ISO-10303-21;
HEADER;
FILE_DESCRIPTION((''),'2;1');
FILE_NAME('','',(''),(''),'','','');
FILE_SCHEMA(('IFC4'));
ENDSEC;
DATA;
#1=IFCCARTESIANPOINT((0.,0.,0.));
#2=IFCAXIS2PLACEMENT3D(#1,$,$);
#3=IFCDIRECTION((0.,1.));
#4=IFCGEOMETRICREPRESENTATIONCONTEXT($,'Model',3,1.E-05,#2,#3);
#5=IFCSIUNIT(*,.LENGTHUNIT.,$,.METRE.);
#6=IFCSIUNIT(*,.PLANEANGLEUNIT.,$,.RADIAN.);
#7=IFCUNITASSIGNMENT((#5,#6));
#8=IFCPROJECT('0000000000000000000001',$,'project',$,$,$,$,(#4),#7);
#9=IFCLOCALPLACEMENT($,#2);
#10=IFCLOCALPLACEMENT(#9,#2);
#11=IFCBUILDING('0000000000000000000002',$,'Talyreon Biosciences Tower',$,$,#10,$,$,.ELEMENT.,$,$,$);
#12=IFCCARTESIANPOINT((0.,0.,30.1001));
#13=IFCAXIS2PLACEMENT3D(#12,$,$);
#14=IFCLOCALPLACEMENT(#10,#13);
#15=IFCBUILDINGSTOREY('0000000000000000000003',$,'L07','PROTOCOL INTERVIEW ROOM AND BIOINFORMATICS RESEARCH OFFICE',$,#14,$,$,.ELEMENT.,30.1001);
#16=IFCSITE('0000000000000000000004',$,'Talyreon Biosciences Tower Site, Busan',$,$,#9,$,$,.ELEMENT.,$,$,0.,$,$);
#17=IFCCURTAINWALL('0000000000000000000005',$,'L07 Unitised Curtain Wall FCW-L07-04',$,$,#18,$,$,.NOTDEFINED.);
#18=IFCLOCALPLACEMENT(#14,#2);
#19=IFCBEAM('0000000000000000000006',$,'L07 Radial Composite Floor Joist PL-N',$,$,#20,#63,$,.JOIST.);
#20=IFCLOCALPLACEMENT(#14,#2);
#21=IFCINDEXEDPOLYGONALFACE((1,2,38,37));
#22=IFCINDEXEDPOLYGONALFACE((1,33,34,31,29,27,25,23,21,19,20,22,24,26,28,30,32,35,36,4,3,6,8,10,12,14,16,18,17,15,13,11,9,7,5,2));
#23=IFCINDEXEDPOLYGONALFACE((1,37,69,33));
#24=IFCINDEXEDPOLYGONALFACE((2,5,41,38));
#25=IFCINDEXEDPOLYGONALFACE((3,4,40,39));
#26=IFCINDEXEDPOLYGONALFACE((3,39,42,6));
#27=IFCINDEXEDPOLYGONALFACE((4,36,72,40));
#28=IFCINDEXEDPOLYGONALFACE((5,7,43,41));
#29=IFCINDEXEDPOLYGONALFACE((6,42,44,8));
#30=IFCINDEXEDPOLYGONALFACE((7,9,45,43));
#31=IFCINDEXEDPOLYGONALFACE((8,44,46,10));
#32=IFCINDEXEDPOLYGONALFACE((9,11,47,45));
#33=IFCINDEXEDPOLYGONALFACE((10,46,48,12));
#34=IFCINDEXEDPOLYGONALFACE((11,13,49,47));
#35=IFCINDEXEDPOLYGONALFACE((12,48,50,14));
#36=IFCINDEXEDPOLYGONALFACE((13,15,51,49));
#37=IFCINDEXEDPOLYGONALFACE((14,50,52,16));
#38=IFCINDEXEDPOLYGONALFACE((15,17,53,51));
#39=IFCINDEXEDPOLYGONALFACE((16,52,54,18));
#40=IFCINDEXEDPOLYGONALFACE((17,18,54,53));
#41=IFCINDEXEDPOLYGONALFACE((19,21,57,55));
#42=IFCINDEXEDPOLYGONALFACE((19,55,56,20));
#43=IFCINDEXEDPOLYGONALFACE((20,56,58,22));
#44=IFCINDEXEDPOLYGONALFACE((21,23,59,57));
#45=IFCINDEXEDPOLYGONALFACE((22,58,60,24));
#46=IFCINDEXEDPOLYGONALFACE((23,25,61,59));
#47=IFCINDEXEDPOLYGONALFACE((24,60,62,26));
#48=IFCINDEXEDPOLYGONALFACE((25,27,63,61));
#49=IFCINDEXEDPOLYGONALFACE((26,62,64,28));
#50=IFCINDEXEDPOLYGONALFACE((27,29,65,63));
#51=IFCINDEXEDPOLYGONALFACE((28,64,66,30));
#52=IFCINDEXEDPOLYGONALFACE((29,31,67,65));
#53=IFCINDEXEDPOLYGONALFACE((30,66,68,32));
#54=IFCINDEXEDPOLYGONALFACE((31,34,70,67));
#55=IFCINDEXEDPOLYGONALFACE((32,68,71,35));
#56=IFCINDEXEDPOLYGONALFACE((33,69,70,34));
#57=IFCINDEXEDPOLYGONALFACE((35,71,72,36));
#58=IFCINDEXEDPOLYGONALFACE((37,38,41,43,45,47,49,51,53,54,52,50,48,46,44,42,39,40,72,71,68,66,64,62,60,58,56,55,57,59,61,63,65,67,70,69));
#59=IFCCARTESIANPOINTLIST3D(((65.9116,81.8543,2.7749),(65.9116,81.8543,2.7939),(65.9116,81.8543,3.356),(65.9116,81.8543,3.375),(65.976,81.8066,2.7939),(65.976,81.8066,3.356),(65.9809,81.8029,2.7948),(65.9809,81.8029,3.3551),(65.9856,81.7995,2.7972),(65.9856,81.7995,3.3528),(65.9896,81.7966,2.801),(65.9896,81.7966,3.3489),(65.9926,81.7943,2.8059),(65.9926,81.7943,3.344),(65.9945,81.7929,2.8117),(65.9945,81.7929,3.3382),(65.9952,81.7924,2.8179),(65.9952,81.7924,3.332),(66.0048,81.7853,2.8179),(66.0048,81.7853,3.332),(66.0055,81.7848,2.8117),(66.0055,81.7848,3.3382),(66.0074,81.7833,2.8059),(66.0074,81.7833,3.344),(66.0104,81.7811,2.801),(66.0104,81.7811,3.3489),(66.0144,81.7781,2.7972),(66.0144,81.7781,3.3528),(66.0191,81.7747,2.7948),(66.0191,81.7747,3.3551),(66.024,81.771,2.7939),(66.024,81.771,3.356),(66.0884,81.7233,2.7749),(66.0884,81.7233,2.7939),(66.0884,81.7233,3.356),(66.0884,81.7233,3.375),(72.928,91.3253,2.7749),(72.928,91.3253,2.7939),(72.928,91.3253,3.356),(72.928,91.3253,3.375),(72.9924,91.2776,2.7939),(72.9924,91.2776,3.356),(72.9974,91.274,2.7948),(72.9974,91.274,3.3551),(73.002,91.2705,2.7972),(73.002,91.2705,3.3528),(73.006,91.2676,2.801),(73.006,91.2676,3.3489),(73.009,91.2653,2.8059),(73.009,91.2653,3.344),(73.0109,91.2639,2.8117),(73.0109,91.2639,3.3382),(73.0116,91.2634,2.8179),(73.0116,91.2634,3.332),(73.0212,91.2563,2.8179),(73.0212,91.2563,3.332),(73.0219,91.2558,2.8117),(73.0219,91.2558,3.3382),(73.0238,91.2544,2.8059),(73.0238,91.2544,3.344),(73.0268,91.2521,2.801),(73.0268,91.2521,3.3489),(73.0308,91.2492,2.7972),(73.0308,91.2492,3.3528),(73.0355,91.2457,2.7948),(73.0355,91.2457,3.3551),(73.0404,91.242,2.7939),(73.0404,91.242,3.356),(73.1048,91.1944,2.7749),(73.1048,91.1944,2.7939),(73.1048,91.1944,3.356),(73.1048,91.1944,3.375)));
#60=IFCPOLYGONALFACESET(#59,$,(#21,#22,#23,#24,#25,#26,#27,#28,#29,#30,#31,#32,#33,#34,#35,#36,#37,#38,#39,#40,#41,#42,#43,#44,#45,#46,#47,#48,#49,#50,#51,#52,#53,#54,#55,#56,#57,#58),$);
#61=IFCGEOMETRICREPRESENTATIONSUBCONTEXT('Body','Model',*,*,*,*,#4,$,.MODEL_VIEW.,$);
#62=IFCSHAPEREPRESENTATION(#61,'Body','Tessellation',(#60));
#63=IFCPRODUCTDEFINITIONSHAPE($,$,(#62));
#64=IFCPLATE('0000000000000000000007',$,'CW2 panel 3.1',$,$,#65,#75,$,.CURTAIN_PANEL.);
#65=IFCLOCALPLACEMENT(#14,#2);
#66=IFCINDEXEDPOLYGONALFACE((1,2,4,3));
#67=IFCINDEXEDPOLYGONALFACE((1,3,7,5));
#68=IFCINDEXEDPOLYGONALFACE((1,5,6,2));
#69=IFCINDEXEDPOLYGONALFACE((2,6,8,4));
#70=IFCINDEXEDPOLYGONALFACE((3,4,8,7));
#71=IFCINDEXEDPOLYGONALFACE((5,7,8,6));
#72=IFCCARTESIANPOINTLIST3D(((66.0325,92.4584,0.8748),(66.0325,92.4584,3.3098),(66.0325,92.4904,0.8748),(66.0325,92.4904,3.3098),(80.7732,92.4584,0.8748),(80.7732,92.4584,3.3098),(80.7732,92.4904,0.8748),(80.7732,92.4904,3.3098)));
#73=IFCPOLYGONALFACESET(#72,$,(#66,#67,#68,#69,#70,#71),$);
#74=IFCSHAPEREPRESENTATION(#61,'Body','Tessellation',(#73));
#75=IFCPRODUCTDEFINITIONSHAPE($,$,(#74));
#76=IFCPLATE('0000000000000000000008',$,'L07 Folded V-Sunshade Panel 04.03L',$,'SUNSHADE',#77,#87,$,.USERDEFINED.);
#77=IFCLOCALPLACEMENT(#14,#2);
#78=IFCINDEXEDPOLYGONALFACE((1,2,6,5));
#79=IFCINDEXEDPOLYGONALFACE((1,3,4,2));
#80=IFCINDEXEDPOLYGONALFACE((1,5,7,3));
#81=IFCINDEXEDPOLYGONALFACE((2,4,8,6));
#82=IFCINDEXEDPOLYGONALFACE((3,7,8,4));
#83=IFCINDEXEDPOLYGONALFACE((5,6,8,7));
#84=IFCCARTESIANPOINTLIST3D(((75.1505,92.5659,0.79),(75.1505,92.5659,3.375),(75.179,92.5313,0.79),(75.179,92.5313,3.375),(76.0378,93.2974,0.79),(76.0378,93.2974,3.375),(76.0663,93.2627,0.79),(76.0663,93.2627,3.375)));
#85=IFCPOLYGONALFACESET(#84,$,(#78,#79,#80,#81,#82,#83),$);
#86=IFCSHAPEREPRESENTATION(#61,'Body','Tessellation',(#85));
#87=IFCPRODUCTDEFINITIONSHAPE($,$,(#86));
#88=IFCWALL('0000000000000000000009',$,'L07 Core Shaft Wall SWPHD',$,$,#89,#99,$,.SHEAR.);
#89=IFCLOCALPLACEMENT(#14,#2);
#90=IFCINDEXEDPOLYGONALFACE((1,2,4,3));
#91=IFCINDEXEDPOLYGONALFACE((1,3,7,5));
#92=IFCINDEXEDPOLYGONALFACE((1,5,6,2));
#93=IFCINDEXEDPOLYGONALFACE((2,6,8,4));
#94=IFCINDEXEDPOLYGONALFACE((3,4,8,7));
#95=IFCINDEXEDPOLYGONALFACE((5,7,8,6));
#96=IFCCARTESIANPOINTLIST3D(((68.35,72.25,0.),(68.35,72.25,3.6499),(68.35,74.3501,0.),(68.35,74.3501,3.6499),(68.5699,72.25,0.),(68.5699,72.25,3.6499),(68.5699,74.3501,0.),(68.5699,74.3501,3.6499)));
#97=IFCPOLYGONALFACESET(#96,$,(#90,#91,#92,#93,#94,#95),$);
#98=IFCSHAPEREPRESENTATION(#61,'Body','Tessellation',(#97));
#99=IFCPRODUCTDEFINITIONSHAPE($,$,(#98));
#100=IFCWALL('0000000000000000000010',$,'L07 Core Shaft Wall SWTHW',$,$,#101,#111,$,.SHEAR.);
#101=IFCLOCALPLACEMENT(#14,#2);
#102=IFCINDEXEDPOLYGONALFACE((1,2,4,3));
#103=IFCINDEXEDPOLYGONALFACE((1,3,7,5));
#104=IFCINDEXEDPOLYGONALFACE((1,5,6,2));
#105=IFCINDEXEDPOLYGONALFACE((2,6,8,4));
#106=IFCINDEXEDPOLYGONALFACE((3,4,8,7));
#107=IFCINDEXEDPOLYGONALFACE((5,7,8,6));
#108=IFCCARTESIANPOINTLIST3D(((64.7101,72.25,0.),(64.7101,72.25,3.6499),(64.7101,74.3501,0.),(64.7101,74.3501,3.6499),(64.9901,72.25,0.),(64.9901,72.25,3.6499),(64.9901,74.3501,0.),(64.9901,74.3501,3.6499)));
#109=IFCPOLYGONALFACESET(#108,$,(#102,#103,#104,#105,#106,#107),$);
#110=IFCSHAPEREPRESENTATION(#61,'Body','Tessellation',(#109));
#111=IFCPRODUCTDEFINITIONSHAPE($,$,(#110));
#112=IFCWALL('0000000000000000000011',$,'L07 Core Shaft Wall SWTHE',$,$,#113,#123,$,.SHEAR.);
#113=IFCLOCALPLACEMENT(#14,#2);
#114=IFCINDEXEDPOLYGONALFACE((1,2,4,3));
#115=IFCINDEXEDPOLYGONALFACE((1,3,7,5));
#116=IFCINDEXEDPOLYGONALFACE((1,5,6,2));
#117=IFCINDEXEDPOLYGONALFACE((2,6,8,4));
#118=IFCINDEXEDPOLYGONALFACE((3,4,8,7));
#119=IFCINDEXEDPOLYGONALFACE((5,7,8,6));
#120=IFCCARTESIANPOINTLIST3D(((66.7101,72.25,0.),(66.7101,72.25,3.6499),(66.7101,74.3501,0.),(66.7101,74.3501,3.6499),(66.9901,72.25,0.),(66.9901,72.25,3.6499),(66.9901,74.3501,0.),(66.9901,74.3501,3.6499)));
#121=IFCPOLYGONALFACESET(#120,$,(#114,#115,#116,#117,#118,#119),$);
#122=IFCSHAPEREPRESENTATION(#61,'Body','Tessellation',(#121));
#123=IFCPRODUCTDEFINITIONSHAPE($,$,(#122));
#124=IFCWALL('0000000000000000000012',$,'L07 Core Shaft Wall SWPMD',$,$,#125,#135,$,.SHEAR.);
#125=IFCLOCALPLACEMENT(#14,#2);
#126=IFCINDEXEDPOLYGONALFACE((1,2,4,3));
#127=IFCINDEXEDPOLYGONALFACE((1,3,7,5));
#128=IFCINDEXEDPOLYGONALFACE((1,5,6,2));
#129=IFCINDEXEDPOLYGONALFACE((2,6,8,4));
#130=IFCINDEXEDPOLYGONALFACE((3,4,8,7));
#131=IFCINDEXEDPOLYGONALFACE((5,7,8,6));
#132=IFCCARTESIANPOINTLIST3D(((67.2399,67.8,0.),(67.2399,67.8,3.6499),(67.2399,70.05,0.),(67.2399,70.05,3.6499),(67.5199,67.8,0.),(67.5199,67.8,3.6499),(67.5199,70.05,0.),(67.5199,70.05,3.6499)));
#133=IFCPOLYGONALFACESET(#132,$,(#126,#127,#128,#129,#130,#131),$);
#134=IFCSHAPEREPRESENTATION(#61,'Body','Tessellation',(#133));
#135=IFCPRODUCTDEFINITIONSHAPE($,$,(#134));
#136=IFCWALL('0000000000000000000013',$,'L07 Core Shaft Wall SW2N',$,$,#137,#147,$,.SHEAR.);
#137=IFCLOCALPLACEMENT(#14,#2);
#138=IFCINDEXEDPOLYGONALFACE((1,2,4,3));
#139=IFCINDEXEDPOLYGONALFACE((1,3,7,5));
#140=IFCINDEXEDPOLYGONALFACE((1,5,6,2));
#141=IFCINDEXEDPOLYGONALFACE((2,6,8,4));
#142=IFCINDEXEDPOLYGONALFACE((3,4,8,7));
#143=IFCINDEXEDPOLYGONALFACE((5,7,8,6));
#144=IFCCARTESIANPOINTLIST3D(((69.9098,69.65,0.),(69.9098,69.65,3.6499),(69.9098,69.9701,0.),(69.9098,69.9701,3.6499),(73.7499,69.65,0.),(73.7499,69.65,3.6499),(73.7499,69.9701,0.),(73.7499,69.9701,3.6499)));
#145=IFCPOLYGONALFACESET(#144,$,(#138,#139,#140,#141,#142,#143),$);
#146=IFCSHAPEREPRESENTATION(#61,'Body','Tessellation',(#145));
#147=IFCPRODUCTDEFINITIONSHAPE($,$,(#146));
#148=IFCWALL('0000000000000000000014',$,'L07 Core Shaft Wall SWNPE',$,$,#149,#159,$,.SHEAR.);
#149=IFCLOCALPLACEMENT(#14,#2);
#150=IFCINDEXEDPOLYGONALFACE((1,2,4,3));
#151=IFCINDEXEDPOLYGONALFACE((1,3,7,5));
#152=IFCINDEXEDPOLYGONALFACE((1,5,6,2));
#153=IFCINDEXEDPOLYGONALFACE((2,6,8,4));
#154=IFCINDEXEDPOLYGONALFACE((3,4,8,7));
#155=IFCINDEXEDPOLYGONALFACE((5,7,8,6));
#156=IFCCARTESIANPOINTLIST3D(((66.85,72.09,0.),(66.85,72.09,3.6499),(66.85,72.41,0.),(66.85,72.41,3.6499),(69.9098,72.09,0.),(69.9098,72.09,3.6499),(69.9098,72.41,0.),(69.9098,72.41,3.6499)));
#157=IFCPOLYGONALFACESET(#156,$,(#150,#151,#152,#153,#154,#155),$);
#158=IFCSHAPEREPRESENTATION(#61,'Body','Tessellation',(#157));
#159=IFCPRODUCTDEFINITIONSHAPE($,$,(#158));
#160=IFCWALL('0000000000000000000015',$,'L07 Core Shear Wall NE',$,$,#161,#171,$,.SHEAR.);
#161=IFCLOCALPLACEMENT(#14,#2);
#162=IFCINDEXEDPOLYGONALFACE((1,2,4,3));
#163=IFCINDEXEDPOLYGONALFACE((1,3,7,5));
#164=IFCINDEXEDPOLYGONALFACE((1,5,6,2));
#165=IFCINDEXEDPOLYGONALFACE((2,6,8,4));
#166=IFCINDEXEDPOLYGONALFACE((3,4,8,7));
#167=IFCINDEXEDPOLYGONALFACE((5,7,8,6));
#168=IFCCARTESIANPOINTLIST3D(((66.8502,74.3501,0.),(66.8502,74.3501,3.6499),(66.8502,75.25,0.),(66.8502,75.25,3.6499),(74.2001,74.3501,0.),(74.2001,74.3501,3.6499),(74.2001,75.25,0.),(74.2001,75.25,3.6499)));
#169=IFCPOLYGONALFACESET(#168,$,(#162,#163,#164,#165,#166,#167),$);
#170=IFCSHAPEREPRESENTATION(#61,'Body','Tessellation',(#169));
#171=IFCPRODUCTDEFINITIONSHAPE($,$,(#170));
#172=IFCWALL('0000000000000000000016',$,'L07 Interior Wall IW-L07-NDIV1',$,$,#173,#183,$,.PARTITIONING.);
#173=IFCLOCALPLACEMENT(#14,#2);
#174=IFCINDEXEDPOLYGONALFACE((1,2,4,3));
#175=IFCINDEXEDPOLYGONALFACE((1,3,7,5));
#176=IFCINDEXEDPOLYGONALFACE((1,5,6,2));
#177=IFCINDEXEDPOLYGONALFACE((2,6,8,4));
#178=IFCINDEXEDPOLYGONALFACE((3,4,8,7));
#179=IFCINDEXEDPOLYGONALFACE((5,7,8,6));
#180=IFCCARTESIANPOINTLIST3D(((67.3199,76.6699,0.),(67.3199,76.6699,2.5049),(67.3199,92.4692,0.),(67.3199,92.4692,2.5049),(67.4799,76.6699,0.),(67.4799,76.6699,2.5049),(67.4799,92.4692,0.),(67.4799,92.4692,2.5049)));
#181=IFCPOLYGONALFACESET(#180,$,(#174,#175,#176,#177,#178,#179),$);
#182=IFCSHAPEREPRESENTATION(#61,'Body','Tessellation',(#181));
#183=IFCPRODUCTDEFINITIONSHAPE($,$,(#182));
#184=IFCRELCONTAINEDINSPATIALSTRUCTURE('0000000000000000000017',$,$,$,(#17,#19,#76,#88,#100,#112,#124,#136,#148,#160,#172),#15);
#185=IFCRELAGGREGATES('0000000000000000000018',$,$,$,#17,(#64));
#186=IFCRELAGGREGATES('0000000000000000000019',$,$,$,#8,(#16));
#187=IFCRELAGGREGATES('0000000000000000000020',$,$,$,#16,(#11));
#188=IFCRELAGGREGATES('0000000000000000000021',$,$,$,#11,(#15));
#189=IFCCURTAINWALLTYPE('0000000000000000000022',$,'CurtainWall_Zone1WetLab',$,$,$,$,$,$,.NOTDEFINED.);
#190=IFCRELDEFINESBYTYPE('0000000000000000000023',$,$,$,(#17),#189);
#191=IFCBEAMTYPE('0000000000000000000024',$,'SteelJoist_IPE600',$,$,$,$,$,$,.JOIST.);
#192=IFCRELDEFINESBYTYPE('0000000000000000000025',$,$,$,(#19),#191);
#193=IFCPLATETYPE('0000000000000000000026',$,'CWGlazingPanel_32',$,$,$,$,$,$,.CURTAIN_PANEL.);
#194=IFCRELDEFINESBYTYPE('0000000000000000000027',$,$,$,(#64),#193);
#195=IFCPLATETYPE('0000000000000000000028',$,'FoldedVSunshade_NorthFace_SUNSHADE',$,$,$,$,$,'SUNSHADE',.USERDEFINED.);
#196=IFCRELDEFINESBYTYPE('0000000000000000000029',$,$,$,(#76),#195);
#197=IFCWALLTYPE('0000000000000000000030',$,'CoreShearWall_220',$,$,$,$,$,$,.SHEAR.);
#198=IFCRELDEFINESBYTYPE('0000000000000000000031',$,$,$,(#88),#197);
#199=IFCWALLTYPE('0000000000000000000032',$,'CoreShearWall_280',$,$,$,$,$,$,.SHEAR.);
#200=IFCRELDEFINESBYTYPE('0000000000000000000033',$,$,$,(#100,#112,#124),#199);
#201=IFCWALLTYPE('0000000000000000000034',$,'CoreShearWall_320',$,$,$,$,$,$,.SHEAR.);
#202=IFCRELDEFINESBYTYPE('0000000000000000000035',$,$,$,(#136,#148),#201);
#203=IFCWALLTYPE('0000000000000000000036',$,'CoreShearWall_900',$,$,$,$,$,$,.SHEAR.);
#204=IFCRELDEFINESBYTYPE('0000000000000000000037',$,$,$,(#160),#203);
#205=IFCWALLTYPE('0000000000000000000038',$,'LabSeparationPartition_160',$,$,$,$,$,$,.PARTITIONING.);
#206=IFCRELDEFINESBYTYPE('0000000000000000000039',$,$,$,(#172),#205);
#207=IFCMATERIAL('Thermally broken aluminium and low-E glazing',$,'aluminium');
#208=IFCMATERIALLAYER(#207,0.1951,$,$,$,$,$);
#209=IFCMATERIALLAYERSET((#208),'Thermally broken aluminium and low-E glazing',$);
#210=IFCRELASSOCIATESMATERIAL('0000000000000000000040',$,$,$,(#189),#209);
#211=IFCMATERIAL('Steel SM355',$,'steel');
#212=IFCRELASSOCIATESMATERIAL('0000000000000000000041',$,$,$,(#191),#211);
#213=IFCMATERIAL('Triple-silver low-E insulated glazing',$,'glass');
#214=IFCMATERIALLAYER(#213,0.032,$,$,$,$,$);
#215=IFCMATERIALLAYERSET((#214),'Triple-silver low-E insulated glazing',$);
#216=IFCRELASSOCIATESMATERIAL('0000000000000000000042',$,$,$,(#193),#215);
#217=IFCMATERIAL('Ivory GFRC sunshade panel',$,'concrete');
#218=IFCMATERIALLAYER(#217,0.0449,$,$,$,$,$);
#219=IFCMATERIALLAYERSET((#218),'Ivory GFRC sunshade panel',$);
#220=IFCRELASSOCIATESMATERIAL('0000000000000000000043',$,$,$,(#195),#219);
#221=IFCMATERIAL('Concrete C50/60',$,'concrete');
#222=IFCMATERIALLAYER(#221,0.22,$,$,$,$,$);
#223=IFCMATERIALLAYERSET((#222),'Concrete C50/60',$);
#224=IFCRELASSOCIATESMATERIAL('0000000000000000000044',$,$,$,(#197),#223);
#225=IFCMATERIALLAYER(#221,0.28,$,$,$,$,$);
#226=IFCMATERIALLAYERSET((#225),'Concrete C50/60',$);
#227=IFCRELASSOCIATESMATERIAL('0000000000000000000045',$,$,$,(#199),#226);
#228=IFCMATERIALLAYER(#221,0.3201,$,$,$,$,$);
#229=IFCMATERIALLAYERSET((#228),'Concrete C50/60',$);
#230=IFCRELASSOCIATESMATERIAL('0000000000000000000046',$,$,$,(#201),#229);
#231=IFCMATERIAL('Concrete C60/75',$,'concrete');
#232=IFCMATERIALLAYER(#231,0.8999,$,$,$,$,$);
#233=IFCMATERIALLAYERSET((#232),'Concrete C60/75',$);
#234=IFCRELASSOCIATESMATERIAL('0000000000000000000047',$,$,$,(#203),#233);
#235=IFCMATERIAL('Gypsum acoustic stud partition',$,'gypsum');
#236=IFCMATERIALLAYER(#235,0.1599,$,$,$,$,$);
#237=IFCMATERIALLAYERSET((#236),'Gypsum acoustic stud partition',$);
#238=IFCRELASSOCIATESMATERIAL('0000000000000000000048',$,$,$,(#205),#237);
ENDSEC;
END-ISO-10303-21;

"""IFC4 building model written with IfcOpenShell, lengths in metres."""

from ifc_helpers import new_model, si_unit, direction, frame, frame_2d, origin, origin_2d, place, context, subcontext, project, spatial, rectangle, i_section, extrude, material, layer, layer_set, material_profile, profile_set, type_object, element, aggregate, save


model = new_model("IFC4")

# Units and contexts
model_context = context("Model", 3, precision=1e-05, world=origin(), true_north=direction((0.0, 1.0)))
body_context = subcontext(model_context, "Body", "Model", "MODEL_VIEW")
ifc_project = project(units=[si_unit("LENGTHUNIT", "METRE"), si_unit("PLANEANGLEUNIT", "RADIAN")], contexts=[model_context])

# Site, building, storey
site_placement = place(None, origin())
site = spatial("IfcSite", under=ifc_project, at=site_placement, Name="Talyreon Biosciences Tower Site, Busan", CompositionType="ELEMENT", RefElevation=0.0)
building_placement = place(site_placement, origin())
building = spatial("IfcBuilding", under=site, at=building_placement, Name="Talyreon Biosciences Tower", CompositionType="ELEMENT")
storey_placement = place(building_placement, frame((0.0, 0.0, 30.1001)))
storey = spatial("IfcBuildingStorey", under=building, at=storey_placement, Name="L07", Description="PROTOCOL INTERVIEW ROOM AND BIOINFORMATICS RESEARCH OFFICE", CompositionType="ELEMENT", Elevation=30.1001)

# Shared definitions
ifc_material_1 = material(Name="Concrete C60/75", Category="concrete")

# Curtain wall
ifc_material_2 = material(Name="Thermally broken aluminium and low-E glazing", Category="aluminium")
ifc_layer_1 = layer(ifc_material_2, 0.1951)
ifc_layer_set_1 = layer_set([ifc_layer_1], Name="Thermally broken aluminium and low-E glazing")
curtain_wall_type = type_object("IfcCurtainWallType", Name="CurtainWall_Zone1WetLab", PredefinedType="NOTDEFINED", material=ifc_layer_set_1)
curtain_wall_placement = place(storey_placement, origin())
curtain_wall = element("IfcCurtainWall", 1, at=curtain_wall_placement, inside=storey, type_object=curtain_wall_type, Name="L07 Unitised Curtain Wall FCW-L07-04", PredefinedType="NOTDEFINED")

# Beam
ifc_material_3 = material(Name="Steel SM355", Category="steel")
ifc_material_profile_1 = material_profile(ifc_material_3, i_section(OverallWidth=0.22, OverallDepth=0.6001, WebThickness=0.012, FlangeThickness=0.019, FilletRadius=0.0239, at=origin_2d()), Name="IPE600")
ifc_profile_set_1 = profile_set([ifc_material_profile_1], Name="Steel SM355")
beam_type_1 = type_object("IfcBeamType", Name="SteelJoist_IPE600", PredefinedType="JOIST", material=ifc_profile_set_1)
beam_1_placement = place(storey_placement, frame((66.0, 81.7888, 3.075), z_axis=(0.595274, 0.803523, 0.0), x_axis=(-0.803523, 0.595274, 0.0)))
element("IfcBeam", 2, at=beam_1_placement, inside=storey, type_object=beam_type_1, Name="L07 Radial Composite Floor Joist PL-N", PredefinedType="JOIST", context=body_context, shape_type="SweptSolid", body=[
    extrude(i_section(OverallWidth=0.22, OverallDepth=0.6001, WebThickness=0.012, FlangeThickness=0.019, FilletRadius=0.0239, at=origin_2d()), origin(), (0.0, 0.0, 1.0), 11.7869),
])

# Plates
ifc_material_4 = material(Name="Triple-silver low-E insulated glazing", Category="glass")
ifc_layer_2 = layer(ifc_material_4, 0.032)
ifc_layer_set_2 = layer_set([ifc_layer_2], Name="Triple-silver low-E insulated glazing")
plate_type_1 = type_object("IfcPlateType", Name="CWGlazingPanel_32", PredefinedType="CURTAIN_PANEL", material=ifc_layer_set_2)
plate_1_placement = place(storey_placement, frame((73.4028, 92.4744, 0.8748), z_axis=(0.0, 0.0, 1.0), x_axis=(1.0, 0.0, 0.0)))
plate_1 = element("IfcPlate", 3, at=plate_1_placement, type_object=plate_type_1, Name="CW2 panel 3.1", PredefinedType="CURTAIN_PANEL", context=body_context, shape_type="SweptSolid", body=[
    extrude(rectangle(XDim=14.7407, YDim=0.032, at=origin_2d()), origin(), (0.0, 0.0, 1.0), 2.4351),
])
aggregate(curtain_wall, [plate_1])
ifc_material_5 = material(Name="Ivory GFRC sunshade panel", Category="concrete")
ifc_layer_3 = layer(ifc_material_5, 0.0449)
ifc_layer_set_3 = layer_set([ifc_layer_3], Name="Ivory GFRC sunshade panel")
plate_type_2 = type_object("IfcPlateType", Name="FoldedVSunshade_NorthFace_SUNSHADE", ElementType="SUNSHADE", PredefinedType="USERDEFINED", material=ifc_layer_set_3)
plate_2_placement = place(storey_placement, frame((75.6084, 92.9143, 0.79), z_axis=(0.0, 0.0, 1.0), x_axis=(0.771625, 0.636078, 0.0)))
element("IfcPlate", 4, at=plate_2_placement, inside=storey, type_object=plate_type_2, Name="L07 Folded V-Sunshade Panel 04.03L", ObjectType="SUNSHADE", PredefinedType="USERDEFINED", context=body_context, shape_type="SweptSolid", body=[
    extrude(rectangle(XDim=1.1499, YDim=0.0449, at=origin_2d()), origin(), (0.0, 0.0, 1.0), 2.585),
])

# Walls
ifc_material_6 = material(Name="Concrete C50/60", Category="concrete")
ifc_layer_4 = layer(ifc_material_6, 0.22)
ifc_layer_set_4 = layer_set([ifc_layer_4], Name="Concrete C50/60")
wall_type_1 = type_object("IfcWallType", Name="CoreShearWall_220", PredefinedType="SHEAR", material=ifc_layer_set_4)
wall_1_placement = place(storey_placement, frame((68.46, 72.25, 0.0), z_axis=(0.0, 0.0, 1.0), x_axis=(0.0, 1.0, 0.0)))
element("IfcWall", 5, at=wall_1_placement, inside=storey, type_object=wall_type_1, Name="L07 Core Shaft Wall SWPHD", PredefinedType="SHEAR", context=body_context, shape_type="SweptSolid", body=[
    extrude(rectangle(XDim=2.1001, YDim=0.22, at=frame_2d((1.05, 0.0))), origin(), (0.0, 0.0, 1.0), 3.6499),
])
ifc_layer_5 = layer(ifc_material_6, 0.28)
ifc_layer_set_5 = layer_set([ifc_layer_5], Name="Concrete C50/60")
wall_type_2 = type_object("IfcWallType", Name="CoreShearWall_280", PredefinedType="SHEAR", material=ifc_layer_set_5)
for number, where, z_axis, x_axis, name in (
    (6, (64.8501, 72.25, 0.0), (0.0, 0.0, 1.0), (0.0, 1.0, 0.0), "L07 Core Shaft Wall SWTHW"),
    (7, (66.8501, 72.25, 0.0), (0.0, 0.0, 1.0), (0.0, 1.0, 0.0), "L07 Core Shaft Wall SWTHE"),
):
    element("IfcWall", number, at=place(storey_placement, frame(where, z_axis=z_axis, x_axis=x_axis)), inside=storey, type_object=wall_type_2, Name=name, PredefinedType="SHEAR", context=body_context, shape_type="SweptSolid", body=[
        extrude(rectangle(XDim=2.1001, YDim=0.28, at=frame_2d((1.05, 0.0))), origin(), (0.0, 0.0, 1.0), 3.6499),
    ])
wall_2_placement = place(storey_placement, frame((67.3799, 67.8, 0.0), z_axis=(0.0, 0.0, 1.0), x_axis=(0.0, 1.0, 0.0)))
element("IfcWall", 8, at=wall_2_placement, inside=storey, type_object=wall_type_2, Name="L07 Core Shaft Wall SWPMD", PredefinedType="SHEAR", context=body_context, shape_type="SweptSolid", body=[
    extrude(rectangle(XDim=2.25, YDim=0.28, at=frame_2d((1.125, 0.0))), origin(), (0.0, 0.0, 1.0), 3.6499),
])
ifc_layer_6 = layer(ifc_material_6, 0.3201)
ifc_layer_set_6 = layer_set([ifc_layer_6], Name="Concrete C50/60")
wall_type_3 = type_object("IfcWallType", Name="CoreShearWall_320", PredefinedType="SHEAR", material=ifc_layer_set_6)
wall_3_placement = place(storey_placement, frame((69.9099, 69.8101, 0.0), z_axis=(0.0, 0.0, 1.0), x_axis=(1.0, 0.0, 0.0)))
element("IfcWall", 9, at=wall_3_placement, inside=storey, type_object=wall_type_3, Name="L07 Core Shaft Wall SW2N", PredefinedType="SHEAR", context=body_context, shape_type="SweptSolid", body=[
    extrude(rectangle(XDim=3.8401, YDim=0.3201, at=frame_2d((1.9199, 0.0))), origin(), (0.0, 0.0, 1.0), 3.6499),
])
wall_4_placement = place(storey_placement, frame((66.8501, 72.25, 0.0), z_axis=(0.0, 0.0, 1.0), x_axis=(1.0, 0.0, 0.0)))
element("IfcWall", 10, at=wall_4_placement, inside=storey, type_object=wall_type_3, Name="L07 Core Shaft Wall SWNPE", PredefinedType="SHEAR", context=body_context, shape_type="SweptSolid", body=[
    extrude(rectangle(XDim=3.0598, YDim=0.3201, at=frame_2d((1.5298, 0.0))), origin(), (0.0, 0.0, 1.0), 3.6499),
])
ifc_layer_7 = layer(ifc_material_1, 0.8999)
ifc_layer_set_7 = layer_set([ifc_layer_7], Name="Concrete C60/75")
wall_type_4 = type_object("IfcWallType", Name="CoreShearWall_900", PredefinedType="SHEAR", material=ifc_layer_set_7)
wall_5_placement = place(storey_placement, frame((74.2, 74.8, 0.0), z_axis=(0.0, 0.0, 1.0), x_axis=(-1.0, 0.0, 0.0)))
element("IfcWall", 11, at=wall_5_placement, inside=storey, type_object=wall_type_4, Name="L07 Core Shear Wall NE", PredefinedType="SHEAR", context=body_context, shape_type="SweptSolid", body=[
    extrude(rectangle(XDim=7.3499, YDim=0.8999, at=frame_2d((3.6748, 0.0))), origin(), (0.0, 0.0, 1.0), 3.6499),
])
ifc_material_7 = material(Name="Gypsum acoustic stud partition", Category="gypsum")
ifc_layer_8 = layer(ifc_material_7, 0.1599)
ifc_layer_set_8 = layer_set([ifc_layer_8], Name="Gypsum acoustic stud partition")
wall_type_5 = type_object("IfcWallType", Name="LabSeparationPartition_160", PredefinedType="PARTITIONING", material=ifc_layer_set_8)
wall_6_placement = place(storey_placement, frame((67.3999, 76.6699, 0.0), z_axis=(0.0, 0.0, 1.0), x_axis=(0.0, 1.0, 0.0)))
element("IfcWall", 12, at=wall_6_placement, inside=storey, type_object=wall_type_5, Name="L07 Interior Wall IW-L07-NDIV1", PredefinedType="PARTITIONING", context=body_context, shape_type="SweptSolid", body=[
    extrude(rectangle(XDim=15.7993, YDim=0.1599, at=frame_2d((7.8997, 0.0))), origin(), (0.0, 0.0, 1.0), 2.5049),
])

save(model, "model.ifc")
